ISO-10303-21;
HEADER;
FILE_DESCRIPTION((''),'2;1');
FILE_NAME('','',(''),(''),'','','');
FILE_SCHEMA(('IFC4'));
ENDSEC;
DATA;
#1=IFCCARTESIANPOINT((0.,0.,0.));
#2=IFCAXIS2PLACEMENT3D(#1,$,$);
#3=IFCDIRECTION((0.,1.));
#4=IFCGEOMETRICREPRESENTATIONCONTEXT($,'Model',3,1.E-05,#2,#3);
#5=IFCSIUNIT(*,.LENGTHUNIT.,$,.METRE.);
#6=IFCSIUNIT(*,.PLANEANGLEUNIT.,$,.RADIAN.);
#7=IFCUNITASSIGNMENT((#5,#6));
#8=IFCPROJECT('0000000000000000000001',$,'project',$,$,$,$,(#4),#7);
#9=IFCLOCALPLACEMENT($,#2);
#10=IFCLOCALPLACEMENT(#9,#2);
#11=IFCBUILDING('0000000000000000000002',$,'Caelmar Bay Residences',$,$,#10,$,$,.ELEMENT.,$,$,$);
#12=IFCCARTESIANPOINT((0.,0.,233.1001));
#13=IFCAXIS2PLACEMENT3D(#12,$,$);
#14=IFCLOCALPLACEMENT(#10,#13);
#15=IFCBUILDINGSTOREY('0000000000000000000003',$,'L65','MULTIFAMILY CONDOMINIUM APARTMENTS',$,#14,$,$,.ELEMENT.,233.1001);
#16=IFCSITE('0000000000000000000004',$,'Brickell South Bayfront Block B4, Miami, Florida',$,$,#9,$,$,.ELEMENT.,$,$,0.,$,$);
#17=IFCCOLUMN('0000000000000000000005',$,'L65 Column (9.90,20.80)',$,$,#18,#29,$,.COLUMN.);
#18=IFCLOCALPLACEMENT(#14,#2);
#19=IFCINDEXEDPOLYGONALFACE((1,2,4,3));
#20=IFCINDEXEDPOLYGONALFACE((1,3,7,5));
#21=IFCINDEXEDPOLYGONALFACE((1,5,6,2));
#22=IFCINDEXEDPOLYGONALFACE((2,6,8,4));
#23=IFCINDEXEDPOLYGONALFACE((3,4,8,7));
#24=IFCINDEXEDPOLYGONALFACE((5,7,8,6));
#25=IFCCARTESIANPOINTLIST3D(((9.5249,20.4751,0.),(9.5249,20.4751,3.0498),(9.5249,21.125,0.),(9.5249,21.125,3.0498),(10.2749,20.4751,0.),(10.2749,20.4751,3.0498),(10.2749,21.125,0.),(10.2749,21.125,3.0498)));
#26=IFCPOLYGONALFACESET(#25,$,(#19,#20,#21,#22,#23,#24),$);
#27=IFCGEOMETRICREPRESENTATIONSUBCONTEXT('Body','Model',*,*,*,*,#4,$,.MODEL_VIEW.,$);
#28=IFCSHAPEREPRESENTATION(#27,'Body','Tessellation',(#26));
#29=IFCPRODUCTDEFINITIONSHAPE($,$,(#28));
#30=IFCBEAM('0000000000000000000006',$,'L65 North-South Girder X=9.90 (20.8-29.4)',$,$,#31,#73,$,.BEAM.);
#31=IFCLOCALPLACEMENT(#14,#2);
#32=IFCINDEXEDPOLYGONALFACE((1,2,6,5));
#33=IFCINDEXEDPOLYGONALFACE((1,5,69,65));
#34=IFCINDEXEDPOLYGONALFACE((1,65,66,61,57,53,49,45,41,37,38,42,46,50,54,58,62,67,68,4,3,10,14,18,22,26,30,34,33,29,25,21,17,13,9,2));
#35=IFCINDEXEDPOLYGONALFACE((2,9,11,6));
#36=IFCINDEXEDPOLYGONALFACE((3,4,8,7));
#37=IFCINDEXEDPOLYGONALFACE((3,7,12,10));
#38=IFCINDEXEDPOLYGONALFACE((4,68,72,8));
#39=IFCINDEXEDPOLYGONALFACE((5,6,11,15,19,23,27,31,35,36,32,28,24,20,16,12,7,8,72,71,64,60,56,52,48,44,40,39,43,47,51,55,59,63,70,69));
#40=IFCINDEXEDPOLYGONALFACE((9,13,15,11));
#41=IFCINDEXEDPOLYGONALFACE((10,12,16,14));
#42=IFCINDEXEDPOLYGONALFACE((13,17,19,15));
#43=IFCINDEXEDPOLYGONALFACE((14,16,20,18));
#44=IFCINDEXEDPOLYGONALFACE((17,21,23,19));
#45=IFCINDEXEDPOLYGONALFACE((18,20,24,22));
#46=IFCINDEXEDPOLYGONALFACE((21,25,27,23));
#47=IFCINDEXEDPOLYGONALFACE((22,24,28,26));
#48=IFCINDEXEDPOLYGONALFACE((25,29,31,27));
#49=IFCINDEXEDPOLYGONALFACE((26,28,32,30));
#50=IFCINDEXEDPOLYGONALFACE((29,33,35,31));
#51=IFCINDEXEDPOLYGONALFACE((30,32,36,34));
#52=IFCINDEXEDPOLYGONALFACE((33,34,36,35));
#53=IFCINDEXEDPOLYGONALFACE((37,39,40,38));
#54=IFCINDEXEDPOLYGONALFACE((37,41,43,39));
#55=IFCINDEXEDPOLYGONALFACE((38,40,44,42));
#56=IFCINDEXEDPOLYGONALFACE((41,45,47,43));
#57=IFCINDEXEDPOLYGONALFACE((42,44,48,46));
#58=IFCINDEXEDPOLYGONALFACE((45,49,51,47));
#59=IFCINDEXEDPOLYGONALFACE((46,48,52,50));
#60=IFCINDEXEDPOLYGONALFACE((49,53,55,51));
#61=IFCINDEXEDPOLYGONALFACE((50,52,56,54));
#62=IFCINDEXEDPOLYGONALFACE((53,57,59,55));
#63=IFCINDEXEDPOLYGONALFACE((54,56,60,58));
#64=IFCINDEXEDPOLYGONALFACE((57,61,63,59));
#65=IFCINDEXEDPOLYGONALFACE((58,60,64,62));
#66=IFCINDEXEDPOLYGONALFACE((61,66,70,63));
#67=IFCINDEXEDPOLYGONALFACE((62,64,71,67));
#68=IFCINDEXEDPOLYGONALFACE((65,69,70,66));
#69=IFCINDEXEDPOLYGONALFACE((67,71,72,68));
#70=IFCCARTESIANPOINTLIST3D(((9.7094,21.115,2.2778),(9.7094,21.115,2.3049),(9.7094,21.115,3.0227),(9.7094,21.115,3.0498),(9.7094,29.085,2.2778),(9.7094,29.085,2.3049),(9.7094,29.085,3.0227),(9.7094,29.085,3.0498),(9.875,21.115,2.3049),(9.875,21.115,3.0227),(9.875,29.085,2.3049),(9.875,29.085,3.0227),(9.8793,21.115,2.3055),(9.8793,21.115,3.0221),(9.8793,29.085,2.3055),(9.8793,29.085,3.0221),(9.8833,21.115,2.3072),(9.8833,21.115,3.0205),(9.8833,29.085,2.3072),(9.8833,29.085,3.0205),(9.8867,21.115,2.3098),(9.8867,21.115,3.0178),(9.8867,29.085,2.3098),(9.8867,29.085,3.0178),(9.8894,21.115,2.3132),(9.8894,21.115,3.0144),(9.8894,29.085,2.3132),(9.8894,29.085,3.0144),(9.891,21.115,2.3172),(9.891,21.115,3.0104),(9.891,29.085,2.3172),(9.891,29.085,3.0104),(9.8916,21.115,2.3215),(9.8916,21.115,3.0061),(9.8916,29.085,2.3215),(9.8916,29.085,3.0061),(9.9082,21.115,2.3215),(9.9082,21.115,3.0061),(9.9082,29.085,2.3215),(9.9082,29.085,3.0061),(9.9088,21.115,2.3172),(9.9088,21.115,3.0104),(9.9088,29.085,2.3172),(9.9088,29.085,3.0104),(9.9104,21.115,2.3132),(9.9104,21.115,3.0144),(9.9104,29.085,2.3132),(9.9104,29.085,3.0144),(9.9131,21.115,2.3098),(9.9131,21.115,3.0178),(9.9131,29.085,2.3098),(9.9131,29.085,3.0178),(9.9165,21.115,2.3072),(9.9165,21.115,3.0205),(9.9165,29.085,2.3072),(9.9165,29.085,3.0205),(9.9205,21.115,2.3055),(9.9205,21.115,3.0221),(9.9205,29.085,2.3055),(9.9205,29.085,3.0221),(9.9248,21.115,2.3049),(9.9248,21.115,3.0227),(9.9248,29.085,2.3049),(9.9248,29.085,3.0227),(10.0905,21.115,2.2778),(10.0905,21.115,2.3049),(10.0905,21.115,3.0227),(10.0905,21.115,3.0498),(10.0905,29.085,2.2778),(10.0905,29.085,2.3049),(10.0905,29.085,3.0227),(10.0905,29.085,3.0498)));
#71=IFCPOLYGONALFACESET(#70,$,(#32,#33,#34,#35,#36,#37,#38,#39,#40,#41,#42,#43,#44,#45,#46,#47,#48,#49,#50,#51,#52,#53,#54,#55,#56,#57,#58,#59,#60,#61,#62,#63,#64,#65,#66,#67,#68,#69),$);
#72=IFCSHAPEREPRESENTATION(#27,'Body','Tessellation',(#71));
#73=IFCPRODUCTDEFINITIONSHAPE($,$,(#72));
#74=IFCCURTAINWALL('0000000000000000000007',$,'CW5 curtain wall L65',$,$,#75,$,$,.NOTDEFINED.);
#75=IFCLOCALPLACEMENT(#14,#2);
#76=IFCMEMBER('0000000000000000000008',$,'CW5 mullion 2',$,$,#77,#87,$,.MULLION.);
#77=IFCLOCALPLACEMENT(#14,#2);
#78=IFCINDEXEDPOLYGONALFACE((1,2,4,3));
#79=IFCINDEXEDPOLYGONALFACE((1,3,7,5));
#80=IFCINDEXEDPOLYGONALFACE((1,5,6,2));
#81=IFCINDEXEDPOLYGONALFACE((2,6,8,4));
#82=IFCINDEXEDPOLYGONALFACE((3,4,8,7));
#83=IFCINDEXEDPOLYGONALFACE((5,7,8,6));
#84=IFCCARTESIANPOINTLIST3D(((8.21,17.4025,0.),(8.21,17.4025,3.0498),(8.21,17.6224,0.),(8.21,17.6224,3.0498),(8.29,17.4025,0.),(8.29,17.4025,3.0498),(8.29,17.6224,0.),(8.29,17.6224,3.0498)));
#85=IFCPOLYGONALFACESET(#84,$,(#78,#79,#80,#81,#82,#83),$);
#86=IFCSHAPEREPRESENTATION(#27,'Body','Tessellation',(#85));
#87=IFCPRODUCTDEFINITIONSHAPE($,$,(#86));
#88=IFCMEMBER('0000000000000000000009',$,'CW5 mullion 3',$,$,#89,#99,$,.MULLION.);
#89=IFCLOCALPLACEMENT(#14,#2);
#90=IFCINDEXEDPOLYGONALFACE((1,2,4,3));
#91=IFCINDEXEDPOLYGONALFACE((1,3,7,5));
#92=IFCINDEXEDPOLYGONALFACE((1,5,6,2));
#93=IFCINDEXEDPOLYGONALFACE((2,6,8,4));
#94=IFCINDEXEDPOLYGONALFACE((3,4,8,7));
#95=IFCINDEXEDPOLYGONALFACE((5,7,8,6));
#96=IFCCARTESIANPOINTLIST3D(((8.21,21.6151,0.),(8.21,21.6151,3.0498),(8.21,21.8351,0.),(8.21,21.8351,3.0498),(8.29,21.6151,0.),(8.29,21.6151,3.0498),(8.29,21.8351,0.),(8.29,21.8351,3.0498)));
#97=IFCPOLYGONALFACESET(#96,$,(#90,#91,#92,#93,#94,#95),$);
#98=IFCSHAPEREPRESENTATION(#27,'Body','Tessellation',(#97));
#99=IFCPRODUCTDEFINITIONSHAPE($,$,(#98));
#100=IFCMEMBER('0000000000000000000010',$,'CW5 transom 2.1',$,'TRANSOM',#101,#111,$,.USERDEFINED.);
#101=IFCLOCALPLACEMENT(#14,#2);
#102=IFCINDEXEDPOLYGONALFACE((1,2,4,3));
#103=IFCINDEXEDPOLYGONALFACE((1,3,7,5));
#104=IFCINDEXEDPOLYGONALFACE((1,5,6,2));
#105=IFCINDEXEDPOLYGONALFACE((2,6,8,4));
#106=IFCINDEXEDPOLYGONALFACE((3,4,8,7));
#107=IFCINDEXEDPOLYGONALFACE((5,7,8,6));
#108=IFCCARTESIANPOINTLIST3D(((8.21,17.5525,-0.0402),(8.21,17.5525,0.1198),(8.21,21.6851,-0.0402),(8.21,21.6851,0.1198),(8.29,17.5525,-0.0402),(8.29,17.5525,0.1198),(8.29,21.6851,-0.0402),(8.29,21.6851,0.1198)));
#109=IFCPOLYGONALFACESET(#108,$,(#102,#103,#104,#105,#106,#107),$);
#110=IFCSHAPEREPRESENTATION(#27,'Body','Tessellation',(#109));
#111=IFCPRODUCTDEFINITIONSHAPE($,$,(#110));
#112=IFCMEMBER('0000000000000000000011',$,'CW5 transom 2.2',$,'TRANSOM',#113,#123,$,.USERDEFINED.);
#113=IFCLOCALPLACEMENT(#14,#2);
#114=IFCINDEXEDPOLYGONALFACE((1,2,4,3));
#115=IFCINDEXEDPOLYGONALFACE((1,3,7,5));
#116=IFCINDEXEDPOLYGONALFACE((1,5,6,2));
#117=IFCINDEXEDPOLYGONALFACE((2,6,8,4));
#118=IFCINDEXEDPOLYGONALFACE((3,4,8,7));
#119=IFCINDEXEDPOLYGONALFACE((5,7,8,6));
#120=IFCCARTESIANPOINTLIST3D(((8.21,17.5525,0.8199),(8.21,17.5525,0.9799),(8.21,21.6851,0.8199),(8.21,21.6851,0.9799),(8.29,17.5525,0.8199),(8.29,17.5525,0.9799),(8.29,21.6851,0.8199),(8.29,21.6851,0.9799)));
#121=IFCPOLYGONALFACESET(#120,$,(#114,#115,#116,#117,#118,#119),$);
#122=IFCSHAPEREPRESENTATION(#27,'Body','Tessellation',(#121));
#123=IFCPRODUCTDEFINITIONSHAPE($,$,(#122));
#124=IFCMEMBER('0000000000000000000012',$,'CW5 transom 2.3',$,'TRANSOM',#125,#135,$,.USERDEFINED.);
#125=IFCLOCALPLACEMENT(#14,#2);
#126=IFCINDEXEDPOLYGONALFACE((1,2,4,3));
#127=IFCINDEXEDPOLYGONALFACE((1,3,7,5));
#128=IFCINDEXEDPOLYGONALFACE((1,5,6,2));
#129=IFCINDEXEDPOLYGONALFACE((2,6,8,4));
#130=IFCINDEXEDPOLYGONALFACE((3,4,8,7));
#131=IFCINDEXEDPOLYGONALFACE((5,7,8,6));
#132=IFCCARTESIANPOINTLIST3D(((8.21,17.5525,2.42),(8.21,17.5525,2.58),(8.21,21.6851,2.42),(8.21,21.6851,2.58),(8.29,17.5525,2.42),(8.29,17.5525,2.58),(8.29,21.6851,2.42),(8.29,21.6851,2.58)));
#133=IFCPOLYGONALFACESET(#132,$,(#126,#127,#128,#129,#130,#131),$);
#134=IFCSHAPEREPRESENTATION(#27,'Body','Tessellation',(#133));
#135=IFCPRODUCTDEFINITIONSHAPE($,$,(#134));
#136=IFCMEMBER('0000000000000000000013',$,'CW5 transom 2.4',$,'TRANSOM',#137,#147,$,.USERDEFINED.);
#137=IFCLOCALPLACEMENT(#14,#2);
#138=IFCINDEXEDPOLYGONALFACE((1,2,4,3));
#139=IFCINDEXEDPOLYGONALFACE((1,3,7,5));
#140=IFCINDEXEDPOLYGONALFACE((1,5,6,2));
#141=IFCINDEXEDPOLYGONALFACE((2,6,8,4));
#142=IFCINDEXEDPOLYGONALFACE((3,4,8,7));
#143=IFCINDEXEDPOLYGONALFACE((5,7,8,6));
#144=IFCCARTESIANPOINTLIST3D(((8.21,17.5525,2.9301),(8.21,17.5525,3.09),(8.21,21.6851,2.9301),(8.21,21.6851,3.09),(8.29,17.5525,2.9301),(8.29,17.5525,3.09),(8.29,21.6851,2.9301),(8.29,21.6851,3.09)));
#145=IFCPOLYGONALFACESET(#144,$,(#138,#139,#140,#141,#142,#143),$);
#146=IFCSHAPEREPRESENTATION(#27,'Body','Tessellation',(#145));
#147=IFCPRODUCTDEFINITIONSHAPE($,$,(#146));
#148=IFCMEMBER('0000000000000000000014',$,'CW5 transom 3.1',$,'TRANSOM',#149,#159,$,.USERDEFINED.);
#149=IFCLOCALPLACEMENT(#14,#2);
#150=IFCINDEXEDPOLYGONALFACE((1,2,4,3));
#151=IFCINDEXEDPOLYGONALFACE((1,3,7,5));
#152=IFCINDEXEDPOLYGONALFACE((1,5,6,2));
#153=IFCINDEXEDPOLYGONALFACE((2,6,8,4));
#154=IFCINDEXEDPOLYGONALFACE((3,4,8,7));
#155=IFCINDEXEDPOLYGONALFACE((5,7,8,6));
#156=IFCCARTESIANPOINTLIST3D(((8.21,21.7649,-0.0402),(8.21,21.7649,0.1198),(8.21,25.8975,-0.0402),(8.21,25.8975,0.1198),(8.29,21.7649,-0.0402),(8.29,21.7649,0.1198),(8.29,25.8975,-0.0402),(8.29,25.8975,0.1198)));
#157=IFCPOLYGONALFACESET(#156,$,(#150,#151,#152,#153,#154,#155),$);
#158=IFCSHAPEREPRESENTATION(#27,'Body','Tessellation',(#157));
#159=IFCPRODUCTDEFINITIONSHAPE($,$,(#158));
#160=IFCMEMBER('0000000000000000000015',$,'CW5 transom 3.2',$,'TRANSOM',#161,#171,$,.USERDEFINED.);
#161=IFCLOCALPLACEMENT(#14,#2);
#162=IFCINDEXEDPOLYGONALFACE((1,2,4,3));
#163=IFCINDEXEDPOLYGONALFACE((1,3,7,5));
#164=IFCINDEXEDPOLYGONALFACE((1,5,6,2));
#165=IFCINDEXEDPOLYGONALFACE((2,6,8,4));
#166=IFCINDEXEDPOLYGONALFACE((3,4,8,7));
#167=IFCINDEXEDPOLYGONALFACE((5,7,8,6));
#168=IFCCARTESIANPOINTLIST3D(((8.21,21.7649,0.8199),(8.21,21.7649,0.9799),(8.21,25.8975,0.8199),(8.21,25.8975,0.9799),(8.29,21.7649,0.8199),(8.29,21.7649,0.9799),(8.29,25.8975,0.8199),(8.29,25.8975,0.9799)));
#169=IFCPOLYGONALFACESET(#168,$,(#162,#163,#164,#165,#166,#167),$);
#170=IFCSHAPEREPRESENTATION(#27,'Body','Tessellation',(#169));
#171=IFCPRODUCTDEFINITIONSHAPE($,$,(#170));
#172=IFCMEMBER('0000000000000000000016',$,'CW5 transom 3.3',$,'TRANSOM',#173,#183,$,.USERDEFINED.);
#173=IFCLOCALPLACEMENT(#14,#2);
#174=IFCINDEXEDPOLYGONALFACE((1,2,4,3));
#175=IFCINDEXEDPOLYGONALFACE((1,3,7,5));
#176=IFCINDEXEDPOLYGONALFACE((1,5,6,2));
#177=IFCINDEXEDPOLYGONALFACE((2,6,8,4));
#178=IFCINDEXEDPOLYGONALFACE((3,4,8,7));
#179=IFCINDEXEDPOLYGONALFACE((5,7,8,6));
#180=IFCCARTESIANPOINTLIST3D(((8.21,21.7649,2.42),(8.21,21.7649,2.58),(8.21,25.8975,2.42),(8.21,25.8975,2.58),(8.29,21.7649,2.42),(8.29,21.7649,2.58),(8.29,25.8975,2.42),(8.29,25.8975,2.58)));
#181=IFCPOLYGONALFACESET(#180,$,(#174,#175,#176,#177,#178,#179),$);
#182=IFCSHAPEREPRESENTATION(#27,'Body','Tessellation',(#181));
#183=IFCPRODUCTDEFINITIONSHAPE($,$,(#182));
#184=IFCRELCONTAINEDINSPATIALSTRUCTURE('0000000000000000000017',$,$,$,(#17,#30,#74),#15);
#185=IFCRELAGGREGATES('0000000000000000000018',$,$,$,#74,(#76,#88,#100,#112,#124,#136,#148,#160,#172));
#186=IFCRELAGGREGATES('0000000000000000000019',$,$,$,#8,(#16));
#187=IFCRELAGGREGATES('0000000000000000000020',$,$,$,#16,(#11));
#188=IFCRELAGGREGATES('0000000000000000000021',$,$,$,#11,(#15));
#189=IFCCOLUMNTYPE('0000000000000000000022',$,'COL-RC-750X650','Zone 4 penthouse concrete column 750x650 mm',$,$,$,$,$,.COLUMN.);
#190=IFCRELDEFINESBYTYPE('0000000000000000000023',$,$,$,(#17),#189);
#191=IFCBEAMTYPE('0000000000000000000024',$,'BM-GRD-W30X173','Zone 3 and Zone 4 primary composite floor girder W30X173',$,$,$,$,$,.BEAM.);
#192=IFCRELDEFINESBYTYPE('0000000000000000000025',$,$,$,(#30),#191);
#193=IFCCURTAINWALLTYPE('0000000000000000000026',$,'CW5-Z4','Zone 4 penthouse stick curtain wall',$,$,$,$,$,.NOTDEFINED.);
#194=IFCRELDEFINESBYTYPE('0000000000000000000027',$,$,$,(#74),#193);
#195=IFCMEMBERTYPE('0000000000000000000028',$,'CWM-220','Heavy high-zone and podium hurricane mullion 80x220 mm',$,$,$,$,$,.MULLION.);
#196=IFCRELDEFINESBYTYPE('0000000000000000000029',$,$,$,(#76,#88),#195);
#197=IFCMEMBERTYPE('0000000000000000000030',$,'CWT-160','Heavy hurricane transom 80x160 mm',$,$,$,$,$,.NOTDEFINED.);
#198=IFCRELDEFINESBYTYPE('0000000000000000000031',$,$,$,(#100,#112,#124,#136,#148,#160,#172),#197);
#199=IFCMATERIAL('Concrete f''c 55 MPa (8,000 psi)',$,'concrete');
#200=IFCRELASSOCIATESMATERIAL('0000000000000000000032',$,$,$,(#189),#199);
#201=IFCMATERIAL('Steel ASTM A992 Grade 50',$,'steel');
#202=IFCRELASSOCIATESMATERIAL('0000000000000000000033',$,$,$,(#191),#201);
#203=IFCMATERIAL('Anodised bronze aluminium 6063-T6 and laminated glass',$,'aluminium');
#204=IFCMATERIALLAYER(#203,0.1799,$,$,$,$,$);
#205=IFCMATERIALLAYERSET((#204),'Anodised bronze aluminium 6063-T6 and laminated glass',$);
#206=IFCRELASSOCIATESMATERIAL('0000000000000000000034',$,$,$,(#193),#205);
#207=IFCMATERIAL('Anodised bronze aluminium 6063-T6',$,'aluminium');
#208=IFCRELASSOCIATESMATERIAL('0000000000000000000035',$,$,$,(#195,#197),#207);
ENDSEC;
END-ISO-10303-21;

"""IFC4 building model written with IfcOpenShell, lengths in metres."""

from ifc_helpers import new_model, si_unit, direction, frame, origin, origin_2d, place, context, subcontext, project, spatial, rectangle, i_section, extrude, material, layer, layer_set, material_profile, profile_set, type_object, element, aggregate, save


model = new_model("IFC4")

# Units and contexts
model_context = context("Model", 3, precision=1e-05, world=origin(), true_north=direction((0.0, 1.0)))
body_context = subcontext(model_context, "Body", "Model", "MODEL_VIEW")
ifc_project = project(units=[si_unit("LENGTHUNIT", "METRE"), si_unit("PLANEANGLEUNIT", "RADIAN")], contexts=[model_context])

# Site, building, storey
site_placement = place(None, origin())
site = spatial("IfcSite", under=ifc_project, at=site_placement, Name="Brickell South Bayfront Block B4, Miami, Florida", CompositionType="ELEMENT", RefElevation=0.0)
building_placement = place(site_placement, origin())
building = spatial("IfcBuilding", under=site, at=building_placement, Name="Caelmar Bay Residences", CompositionType="ELEMENT")
storey_placement = place(building_placement, frame((0.0, 0.0, 233.1001)))
storey = spatial("IfcBuildingStorey", under=building, at=storey_placement, Name="L65", Description="MULTIFAMILY CONDOMINIUM APARTMENTS", CompositionType="ELEMENT", Elevation=233.1001)

# Column
ifc_material_1 = material(Name="Concrete f'c 55 MPa (8,000 psi)", Category="concrete")
ifc_material_profile_1 = material_profile(ifc_material_1, rectangle(XDim=0.75, YDim=0.6499, at=origin_2d()), Name="RC-COL-750X650")
ifc_profile_set_1 = profile_set([ifc_material_profile_1], Name="Concrete f'c 55 MPa (8,000 psi)")
column_type = type_object("IfcColumnType", Name="COL-RC-750X650", Description="Zone 4 penthouse concrete column 750x650 mm", PredefinedType="COLUMN", material=ifc_profile_set_1)
column_placement = place(storey_placement, frame((9.8999, 20.8, 0.0), z_axis=(0.0, 0.0, 1.0), x_axis=(1.0, 0.0, 0.0)))
element("IfcColumn", 1, at=column_placement, inside=storey, type_object=column_type, Name="L65 Column (9.90,20.80)", PredefinedType="COLUMN", context=body_context, shape_type="SweptSolid", body=[
    extrude(rectangle(XDim=0.75, YDim=0.6499, at=origin_2d()), origin(), (0.0, 0.0, 1.0), 3.0498),
])

# Beam
ifc_material_2 = material(Name="Steel ASTM A992 Grade 50", Category="steel")
ifc_material_profile_2 = material_profile(ifc_material_2, i_section(OverallWidth=0.3811, OverallDepth=0.772, WebThickness=0.0166, FlangeThickness=0.0271, FilletRadius=0.0166, at=origin_2d()), Name="W30X173")
ifc_profile_set_2 = profile_set([ifc_material_profile_2], Name="Steel ASTM A992 Grade 50")
beam_type = type_object("IfcBeamType", Name="BM-GRD-W30X173", Description="Zone 3 and Zone 4 primary composite floor girder W30X173", PredefinedType="BEAM", material=ifc_profile_set_2)
beam_placement = place(storey_placement, frame((9.8999, 21.115, 2.6638), z_axis=(0.0, 1.0, 0.0), x_axis=(-1.0, 0.0, 0.0)))
element("IfcBeam", 2, at=beam_placement, inside=storey, type_object=beam_type, Name="L65 North-South Girder X=9.90 (20.8-29.4)", PredefinedType="BEAM", context=body_context, shape_type="SweptSolid", body=[
    extrude(i_section(OverallWidth=0.3811, OverallDepth=0.772, WebThickness=0.0166, FlangeThickness=0.0271, FilletRadius=0.0166, at=origin_2d()), origin(), (0.0, 0.0, 1.0), 7.97),
])

# Curtain wall, members
ifc_material_3 = material(Name="Anodised bronze aluminium 6063-T6 and laminated glass", Category="aluminium")
ifc_layer_1 = layer(ifc_material_3, 0.1799)
ifc_layer_set_1 = layer_set([ifc_layer_1], Name="Anodised bronze aluminium 6063-T6 and laminated glass")
curtain_wall_type = type_object("IfcCurtainWallType", Name="CW5-Z4", Description="Zone 4 penthouse stick curtain wall", PredefinedType="NOTDEFINED", material=ifc_layer_set_1)
curtain_wall_placement = place(storey_placement, origin())
curtain_wall = element("IfcCurtainWall", 3, at=curtain_wall_placement, inside=storey, type_object=curtain_wall_type, Name="CW5 curtain wall L65", PredefinedType="NOTDEFINED")
ifc_material_4 = material(Name="Anodised bronze aluminium 6063-T6", Category="aluminium")
ifc_material_profile_3 = material_profile(ifc_material_4, rectangle(XDim=0.0801, YDim=0.22, at=origin_2d()), Name="CWM-80X220")
ifc_profile_set_3 = profile_set([ifc_material_profile_3], Name="Anodised bronze aluminium 6063-T6")
member_type_1 = type_object("IfcMemberType", Name="CWM-220", Description="Heavy high-zone and podium hurricane mullion 80x220 mm", PredefinedType="MULLION", material=ifc_profile_set_3)
member_1_placement = place(storey_placement, frame((8.25, 17.5125, 0.0), z_axis=(0.0, 0.0, 1.0), x_axis=(-1.0, 0.0, 0.0)))
member_1 = element("IfcMember", 4, at=member_1_placement, type_object=member_type_1, Name="CW5 mullion 2", PredefinedType="MULLION", context=body_context, shape_type="SweptSolid", body=[
    extrude(rectangle(XDim=0.0801, YDim=0.22, at=origin_2d()), origin(), (0.0, 0.0, 1.0), 3.0498),
])
member_2_placement = place(storey_placement, frame((8.25, 21.7251, 0.0), z_axis=(0.0, 0.0, 1.0), x_axis=(-1.0, 0.0, 0.0)))
member_2 = element("IfcMember", 5, at=member_2_placement, type_object=member_type_1, Name="CW5 mullion 3", PredefinedType="MULLION", context=body_context, shape_type="SweptSolid", body=[
    extrude(rectangle(XDim=0.0801, YDim=0.22, at=origin_2d()), origin(), (0.0, 0.0, 1.0), 3.0498),
])
ifc_material_profile_4 = material_profile(ifc_material_4, rectangle(XDim=0.0801, YDim=0.1599, at=origin_2d()), Name="CWT-80X160")
ifc_profile_set_4 = profile_set([ifc_material_profile_4], Name="Anodised bronze aluminium 6063-T6")
member_type_2 = type_object("IfcMemberType", Name="CWT-160", Description="Heavy hurricane transom 80x160 mm", PredefinedType="NOTDEFINED", material=ifc_profile_set_4)
member_3_placement = place(storey_placement, frame((8.25, 17.5525, 0.0398), z_axis=(0.0, 1.0, 0.0), x_axis=(-1.0, 0.0, 0.0)))
member_3 = element("IfcMember", 6, at=member_3_placement, type_object=member_type_2, Name="CW5 transom 2.1", ObjectType="TRANSOM", PredefinedType="USERDEFINED", context=body_context, shape_type="SweptSolid", body=[
    extrude(rectangle(XDim=0.0801, YDim=0.1599, at=origin_2d()), origin(), (0.0, 0.0, 1.0), 4.1326),
])
member_4_placement = place(storey_placement, frame((8.25, 17.5525, 0.8999), z_axis=(0.0, 1.0, 0.0), x_axis=(-1.0, 0.0, 0.0)))
member_4 = element("IfcMember", 7, at=member_4_placement, type_object=member_type_2, Name="CW5 transom 2.2", ObjectType="TRANSOM", PredefinedType="USERDEFINED", context=body_context, shape_type="SweptSolid", body=[
    extrude(rectangle(XDim=0.0801, YDim=0.1599, at=origin_2d()), origin(), (0.0, 0.0, 1.0), 4.1326),
])
member_5_placement = place(storey_placement, frame((8.25, 17.5525, 2.5), z_axis=(0.0, 1.0, 0.0), x_axis=(-1.0, 0.0, 0.0)))
member_5 = element("IfcMember", 8, at=member_5_placement, type_object=member_type_2, Name="CW5 transom 2.3", ObjectType="TRANSOM", PredefinedType="USERDEFINED", context=body_context, shape_type="SweptSolid", body=[
    extrude(rectangle(XDim=0.0801, YDim=0.1599, at=origin_2d()), origin(), (0.0, 0.0, 1.0), 4.1326),
])
member_6_placement = place(storey_placement, frame((8.25, 17.5525, 3.01), z_axis=(0.0, 1.0, 0.0), x_axis=(-1.0, 0.0, 0.0)))
member_6 = element("IfcMember", 9, at=member_6_placement, type_object=member_type_2, Name="CW5 transom 2.4", ObjectType="TRANSOM", PredefinedType="USERDEFINED", context=body_context, shape_type="SweptSolid", body=[
    extrude(rectangle(XDim=0.0801, YDim=0.1599, at=origin_2d()), origin(), (0.0, 0.0, 1.0), 4.1326),
])
member_7_placement = place(storey_placement, frame((8.25, 21.7649, 0.0398), z_axis=(0.0, 1.0, 0.0), x_axis=(-1.0, 0.0, 0.0)))
member_7 = element("IfcMember", 10, at=member_7_placement, type_object=member_type_2, Name="CW5 transom 3.1", ObjectType="TRANSOM", PredefinedType="USERDEFINED", context=body_context, shape_type="SweptSolid", body=[
    extrude(rectangle(XDim=0.0801, YDim=0.1599, at=origin_2d()), origin(), (0.0, 0.0, 1.0), 4.1326),
])
member_8_placement = place(storey_placement, frame((8.25, 21.7649, 0.8999), z_axis=(0.0, 1.0, 0.0), x_axis=(-1.0, 0.0, 0.0)))
member_8 = element("IfcMember", 11, at=member_8_placement, type_object=member_type_2, Name="CW5 transom 3.2", ObjectType="TRANSOM", PredefinedType="USERDEFINED", context=body_context, shape_type="SweptSolid", body=[
    extrude(rectangle(XDim=0.0801, YDim=0.1599, at=origin_2d()), origin(), (0.0, 0.0, 1.0), 4.1326),
])
member_9_placement = place(storey_placement, frame((8.25, 21.7649, 2.5), z_axis=(0.0, 1.0, 0.0), x_axis=(-1.0, 0.0, 0.0)))
member_9 = element("IfcMember", 12, at=member_9_placement, type_object=member_type_2, Name="CW5 transom 3.3", ObjectType="TRANSOM", PredefinedType="USERDEFINED", context=body_context, shape_type="SweptSolid", body=[
    extrude(rectangle(XDim=0.0801, YDim=0.1599, at=origin_2d()), origin(), (0.0, 0.0, 1.0), 4.1326),
])
aggregate(curtain_wall, [member_1, member_2, member_3, member_4, member_5, member_6, member_7, member_8, member_9])

save(model, "model.ifc")
